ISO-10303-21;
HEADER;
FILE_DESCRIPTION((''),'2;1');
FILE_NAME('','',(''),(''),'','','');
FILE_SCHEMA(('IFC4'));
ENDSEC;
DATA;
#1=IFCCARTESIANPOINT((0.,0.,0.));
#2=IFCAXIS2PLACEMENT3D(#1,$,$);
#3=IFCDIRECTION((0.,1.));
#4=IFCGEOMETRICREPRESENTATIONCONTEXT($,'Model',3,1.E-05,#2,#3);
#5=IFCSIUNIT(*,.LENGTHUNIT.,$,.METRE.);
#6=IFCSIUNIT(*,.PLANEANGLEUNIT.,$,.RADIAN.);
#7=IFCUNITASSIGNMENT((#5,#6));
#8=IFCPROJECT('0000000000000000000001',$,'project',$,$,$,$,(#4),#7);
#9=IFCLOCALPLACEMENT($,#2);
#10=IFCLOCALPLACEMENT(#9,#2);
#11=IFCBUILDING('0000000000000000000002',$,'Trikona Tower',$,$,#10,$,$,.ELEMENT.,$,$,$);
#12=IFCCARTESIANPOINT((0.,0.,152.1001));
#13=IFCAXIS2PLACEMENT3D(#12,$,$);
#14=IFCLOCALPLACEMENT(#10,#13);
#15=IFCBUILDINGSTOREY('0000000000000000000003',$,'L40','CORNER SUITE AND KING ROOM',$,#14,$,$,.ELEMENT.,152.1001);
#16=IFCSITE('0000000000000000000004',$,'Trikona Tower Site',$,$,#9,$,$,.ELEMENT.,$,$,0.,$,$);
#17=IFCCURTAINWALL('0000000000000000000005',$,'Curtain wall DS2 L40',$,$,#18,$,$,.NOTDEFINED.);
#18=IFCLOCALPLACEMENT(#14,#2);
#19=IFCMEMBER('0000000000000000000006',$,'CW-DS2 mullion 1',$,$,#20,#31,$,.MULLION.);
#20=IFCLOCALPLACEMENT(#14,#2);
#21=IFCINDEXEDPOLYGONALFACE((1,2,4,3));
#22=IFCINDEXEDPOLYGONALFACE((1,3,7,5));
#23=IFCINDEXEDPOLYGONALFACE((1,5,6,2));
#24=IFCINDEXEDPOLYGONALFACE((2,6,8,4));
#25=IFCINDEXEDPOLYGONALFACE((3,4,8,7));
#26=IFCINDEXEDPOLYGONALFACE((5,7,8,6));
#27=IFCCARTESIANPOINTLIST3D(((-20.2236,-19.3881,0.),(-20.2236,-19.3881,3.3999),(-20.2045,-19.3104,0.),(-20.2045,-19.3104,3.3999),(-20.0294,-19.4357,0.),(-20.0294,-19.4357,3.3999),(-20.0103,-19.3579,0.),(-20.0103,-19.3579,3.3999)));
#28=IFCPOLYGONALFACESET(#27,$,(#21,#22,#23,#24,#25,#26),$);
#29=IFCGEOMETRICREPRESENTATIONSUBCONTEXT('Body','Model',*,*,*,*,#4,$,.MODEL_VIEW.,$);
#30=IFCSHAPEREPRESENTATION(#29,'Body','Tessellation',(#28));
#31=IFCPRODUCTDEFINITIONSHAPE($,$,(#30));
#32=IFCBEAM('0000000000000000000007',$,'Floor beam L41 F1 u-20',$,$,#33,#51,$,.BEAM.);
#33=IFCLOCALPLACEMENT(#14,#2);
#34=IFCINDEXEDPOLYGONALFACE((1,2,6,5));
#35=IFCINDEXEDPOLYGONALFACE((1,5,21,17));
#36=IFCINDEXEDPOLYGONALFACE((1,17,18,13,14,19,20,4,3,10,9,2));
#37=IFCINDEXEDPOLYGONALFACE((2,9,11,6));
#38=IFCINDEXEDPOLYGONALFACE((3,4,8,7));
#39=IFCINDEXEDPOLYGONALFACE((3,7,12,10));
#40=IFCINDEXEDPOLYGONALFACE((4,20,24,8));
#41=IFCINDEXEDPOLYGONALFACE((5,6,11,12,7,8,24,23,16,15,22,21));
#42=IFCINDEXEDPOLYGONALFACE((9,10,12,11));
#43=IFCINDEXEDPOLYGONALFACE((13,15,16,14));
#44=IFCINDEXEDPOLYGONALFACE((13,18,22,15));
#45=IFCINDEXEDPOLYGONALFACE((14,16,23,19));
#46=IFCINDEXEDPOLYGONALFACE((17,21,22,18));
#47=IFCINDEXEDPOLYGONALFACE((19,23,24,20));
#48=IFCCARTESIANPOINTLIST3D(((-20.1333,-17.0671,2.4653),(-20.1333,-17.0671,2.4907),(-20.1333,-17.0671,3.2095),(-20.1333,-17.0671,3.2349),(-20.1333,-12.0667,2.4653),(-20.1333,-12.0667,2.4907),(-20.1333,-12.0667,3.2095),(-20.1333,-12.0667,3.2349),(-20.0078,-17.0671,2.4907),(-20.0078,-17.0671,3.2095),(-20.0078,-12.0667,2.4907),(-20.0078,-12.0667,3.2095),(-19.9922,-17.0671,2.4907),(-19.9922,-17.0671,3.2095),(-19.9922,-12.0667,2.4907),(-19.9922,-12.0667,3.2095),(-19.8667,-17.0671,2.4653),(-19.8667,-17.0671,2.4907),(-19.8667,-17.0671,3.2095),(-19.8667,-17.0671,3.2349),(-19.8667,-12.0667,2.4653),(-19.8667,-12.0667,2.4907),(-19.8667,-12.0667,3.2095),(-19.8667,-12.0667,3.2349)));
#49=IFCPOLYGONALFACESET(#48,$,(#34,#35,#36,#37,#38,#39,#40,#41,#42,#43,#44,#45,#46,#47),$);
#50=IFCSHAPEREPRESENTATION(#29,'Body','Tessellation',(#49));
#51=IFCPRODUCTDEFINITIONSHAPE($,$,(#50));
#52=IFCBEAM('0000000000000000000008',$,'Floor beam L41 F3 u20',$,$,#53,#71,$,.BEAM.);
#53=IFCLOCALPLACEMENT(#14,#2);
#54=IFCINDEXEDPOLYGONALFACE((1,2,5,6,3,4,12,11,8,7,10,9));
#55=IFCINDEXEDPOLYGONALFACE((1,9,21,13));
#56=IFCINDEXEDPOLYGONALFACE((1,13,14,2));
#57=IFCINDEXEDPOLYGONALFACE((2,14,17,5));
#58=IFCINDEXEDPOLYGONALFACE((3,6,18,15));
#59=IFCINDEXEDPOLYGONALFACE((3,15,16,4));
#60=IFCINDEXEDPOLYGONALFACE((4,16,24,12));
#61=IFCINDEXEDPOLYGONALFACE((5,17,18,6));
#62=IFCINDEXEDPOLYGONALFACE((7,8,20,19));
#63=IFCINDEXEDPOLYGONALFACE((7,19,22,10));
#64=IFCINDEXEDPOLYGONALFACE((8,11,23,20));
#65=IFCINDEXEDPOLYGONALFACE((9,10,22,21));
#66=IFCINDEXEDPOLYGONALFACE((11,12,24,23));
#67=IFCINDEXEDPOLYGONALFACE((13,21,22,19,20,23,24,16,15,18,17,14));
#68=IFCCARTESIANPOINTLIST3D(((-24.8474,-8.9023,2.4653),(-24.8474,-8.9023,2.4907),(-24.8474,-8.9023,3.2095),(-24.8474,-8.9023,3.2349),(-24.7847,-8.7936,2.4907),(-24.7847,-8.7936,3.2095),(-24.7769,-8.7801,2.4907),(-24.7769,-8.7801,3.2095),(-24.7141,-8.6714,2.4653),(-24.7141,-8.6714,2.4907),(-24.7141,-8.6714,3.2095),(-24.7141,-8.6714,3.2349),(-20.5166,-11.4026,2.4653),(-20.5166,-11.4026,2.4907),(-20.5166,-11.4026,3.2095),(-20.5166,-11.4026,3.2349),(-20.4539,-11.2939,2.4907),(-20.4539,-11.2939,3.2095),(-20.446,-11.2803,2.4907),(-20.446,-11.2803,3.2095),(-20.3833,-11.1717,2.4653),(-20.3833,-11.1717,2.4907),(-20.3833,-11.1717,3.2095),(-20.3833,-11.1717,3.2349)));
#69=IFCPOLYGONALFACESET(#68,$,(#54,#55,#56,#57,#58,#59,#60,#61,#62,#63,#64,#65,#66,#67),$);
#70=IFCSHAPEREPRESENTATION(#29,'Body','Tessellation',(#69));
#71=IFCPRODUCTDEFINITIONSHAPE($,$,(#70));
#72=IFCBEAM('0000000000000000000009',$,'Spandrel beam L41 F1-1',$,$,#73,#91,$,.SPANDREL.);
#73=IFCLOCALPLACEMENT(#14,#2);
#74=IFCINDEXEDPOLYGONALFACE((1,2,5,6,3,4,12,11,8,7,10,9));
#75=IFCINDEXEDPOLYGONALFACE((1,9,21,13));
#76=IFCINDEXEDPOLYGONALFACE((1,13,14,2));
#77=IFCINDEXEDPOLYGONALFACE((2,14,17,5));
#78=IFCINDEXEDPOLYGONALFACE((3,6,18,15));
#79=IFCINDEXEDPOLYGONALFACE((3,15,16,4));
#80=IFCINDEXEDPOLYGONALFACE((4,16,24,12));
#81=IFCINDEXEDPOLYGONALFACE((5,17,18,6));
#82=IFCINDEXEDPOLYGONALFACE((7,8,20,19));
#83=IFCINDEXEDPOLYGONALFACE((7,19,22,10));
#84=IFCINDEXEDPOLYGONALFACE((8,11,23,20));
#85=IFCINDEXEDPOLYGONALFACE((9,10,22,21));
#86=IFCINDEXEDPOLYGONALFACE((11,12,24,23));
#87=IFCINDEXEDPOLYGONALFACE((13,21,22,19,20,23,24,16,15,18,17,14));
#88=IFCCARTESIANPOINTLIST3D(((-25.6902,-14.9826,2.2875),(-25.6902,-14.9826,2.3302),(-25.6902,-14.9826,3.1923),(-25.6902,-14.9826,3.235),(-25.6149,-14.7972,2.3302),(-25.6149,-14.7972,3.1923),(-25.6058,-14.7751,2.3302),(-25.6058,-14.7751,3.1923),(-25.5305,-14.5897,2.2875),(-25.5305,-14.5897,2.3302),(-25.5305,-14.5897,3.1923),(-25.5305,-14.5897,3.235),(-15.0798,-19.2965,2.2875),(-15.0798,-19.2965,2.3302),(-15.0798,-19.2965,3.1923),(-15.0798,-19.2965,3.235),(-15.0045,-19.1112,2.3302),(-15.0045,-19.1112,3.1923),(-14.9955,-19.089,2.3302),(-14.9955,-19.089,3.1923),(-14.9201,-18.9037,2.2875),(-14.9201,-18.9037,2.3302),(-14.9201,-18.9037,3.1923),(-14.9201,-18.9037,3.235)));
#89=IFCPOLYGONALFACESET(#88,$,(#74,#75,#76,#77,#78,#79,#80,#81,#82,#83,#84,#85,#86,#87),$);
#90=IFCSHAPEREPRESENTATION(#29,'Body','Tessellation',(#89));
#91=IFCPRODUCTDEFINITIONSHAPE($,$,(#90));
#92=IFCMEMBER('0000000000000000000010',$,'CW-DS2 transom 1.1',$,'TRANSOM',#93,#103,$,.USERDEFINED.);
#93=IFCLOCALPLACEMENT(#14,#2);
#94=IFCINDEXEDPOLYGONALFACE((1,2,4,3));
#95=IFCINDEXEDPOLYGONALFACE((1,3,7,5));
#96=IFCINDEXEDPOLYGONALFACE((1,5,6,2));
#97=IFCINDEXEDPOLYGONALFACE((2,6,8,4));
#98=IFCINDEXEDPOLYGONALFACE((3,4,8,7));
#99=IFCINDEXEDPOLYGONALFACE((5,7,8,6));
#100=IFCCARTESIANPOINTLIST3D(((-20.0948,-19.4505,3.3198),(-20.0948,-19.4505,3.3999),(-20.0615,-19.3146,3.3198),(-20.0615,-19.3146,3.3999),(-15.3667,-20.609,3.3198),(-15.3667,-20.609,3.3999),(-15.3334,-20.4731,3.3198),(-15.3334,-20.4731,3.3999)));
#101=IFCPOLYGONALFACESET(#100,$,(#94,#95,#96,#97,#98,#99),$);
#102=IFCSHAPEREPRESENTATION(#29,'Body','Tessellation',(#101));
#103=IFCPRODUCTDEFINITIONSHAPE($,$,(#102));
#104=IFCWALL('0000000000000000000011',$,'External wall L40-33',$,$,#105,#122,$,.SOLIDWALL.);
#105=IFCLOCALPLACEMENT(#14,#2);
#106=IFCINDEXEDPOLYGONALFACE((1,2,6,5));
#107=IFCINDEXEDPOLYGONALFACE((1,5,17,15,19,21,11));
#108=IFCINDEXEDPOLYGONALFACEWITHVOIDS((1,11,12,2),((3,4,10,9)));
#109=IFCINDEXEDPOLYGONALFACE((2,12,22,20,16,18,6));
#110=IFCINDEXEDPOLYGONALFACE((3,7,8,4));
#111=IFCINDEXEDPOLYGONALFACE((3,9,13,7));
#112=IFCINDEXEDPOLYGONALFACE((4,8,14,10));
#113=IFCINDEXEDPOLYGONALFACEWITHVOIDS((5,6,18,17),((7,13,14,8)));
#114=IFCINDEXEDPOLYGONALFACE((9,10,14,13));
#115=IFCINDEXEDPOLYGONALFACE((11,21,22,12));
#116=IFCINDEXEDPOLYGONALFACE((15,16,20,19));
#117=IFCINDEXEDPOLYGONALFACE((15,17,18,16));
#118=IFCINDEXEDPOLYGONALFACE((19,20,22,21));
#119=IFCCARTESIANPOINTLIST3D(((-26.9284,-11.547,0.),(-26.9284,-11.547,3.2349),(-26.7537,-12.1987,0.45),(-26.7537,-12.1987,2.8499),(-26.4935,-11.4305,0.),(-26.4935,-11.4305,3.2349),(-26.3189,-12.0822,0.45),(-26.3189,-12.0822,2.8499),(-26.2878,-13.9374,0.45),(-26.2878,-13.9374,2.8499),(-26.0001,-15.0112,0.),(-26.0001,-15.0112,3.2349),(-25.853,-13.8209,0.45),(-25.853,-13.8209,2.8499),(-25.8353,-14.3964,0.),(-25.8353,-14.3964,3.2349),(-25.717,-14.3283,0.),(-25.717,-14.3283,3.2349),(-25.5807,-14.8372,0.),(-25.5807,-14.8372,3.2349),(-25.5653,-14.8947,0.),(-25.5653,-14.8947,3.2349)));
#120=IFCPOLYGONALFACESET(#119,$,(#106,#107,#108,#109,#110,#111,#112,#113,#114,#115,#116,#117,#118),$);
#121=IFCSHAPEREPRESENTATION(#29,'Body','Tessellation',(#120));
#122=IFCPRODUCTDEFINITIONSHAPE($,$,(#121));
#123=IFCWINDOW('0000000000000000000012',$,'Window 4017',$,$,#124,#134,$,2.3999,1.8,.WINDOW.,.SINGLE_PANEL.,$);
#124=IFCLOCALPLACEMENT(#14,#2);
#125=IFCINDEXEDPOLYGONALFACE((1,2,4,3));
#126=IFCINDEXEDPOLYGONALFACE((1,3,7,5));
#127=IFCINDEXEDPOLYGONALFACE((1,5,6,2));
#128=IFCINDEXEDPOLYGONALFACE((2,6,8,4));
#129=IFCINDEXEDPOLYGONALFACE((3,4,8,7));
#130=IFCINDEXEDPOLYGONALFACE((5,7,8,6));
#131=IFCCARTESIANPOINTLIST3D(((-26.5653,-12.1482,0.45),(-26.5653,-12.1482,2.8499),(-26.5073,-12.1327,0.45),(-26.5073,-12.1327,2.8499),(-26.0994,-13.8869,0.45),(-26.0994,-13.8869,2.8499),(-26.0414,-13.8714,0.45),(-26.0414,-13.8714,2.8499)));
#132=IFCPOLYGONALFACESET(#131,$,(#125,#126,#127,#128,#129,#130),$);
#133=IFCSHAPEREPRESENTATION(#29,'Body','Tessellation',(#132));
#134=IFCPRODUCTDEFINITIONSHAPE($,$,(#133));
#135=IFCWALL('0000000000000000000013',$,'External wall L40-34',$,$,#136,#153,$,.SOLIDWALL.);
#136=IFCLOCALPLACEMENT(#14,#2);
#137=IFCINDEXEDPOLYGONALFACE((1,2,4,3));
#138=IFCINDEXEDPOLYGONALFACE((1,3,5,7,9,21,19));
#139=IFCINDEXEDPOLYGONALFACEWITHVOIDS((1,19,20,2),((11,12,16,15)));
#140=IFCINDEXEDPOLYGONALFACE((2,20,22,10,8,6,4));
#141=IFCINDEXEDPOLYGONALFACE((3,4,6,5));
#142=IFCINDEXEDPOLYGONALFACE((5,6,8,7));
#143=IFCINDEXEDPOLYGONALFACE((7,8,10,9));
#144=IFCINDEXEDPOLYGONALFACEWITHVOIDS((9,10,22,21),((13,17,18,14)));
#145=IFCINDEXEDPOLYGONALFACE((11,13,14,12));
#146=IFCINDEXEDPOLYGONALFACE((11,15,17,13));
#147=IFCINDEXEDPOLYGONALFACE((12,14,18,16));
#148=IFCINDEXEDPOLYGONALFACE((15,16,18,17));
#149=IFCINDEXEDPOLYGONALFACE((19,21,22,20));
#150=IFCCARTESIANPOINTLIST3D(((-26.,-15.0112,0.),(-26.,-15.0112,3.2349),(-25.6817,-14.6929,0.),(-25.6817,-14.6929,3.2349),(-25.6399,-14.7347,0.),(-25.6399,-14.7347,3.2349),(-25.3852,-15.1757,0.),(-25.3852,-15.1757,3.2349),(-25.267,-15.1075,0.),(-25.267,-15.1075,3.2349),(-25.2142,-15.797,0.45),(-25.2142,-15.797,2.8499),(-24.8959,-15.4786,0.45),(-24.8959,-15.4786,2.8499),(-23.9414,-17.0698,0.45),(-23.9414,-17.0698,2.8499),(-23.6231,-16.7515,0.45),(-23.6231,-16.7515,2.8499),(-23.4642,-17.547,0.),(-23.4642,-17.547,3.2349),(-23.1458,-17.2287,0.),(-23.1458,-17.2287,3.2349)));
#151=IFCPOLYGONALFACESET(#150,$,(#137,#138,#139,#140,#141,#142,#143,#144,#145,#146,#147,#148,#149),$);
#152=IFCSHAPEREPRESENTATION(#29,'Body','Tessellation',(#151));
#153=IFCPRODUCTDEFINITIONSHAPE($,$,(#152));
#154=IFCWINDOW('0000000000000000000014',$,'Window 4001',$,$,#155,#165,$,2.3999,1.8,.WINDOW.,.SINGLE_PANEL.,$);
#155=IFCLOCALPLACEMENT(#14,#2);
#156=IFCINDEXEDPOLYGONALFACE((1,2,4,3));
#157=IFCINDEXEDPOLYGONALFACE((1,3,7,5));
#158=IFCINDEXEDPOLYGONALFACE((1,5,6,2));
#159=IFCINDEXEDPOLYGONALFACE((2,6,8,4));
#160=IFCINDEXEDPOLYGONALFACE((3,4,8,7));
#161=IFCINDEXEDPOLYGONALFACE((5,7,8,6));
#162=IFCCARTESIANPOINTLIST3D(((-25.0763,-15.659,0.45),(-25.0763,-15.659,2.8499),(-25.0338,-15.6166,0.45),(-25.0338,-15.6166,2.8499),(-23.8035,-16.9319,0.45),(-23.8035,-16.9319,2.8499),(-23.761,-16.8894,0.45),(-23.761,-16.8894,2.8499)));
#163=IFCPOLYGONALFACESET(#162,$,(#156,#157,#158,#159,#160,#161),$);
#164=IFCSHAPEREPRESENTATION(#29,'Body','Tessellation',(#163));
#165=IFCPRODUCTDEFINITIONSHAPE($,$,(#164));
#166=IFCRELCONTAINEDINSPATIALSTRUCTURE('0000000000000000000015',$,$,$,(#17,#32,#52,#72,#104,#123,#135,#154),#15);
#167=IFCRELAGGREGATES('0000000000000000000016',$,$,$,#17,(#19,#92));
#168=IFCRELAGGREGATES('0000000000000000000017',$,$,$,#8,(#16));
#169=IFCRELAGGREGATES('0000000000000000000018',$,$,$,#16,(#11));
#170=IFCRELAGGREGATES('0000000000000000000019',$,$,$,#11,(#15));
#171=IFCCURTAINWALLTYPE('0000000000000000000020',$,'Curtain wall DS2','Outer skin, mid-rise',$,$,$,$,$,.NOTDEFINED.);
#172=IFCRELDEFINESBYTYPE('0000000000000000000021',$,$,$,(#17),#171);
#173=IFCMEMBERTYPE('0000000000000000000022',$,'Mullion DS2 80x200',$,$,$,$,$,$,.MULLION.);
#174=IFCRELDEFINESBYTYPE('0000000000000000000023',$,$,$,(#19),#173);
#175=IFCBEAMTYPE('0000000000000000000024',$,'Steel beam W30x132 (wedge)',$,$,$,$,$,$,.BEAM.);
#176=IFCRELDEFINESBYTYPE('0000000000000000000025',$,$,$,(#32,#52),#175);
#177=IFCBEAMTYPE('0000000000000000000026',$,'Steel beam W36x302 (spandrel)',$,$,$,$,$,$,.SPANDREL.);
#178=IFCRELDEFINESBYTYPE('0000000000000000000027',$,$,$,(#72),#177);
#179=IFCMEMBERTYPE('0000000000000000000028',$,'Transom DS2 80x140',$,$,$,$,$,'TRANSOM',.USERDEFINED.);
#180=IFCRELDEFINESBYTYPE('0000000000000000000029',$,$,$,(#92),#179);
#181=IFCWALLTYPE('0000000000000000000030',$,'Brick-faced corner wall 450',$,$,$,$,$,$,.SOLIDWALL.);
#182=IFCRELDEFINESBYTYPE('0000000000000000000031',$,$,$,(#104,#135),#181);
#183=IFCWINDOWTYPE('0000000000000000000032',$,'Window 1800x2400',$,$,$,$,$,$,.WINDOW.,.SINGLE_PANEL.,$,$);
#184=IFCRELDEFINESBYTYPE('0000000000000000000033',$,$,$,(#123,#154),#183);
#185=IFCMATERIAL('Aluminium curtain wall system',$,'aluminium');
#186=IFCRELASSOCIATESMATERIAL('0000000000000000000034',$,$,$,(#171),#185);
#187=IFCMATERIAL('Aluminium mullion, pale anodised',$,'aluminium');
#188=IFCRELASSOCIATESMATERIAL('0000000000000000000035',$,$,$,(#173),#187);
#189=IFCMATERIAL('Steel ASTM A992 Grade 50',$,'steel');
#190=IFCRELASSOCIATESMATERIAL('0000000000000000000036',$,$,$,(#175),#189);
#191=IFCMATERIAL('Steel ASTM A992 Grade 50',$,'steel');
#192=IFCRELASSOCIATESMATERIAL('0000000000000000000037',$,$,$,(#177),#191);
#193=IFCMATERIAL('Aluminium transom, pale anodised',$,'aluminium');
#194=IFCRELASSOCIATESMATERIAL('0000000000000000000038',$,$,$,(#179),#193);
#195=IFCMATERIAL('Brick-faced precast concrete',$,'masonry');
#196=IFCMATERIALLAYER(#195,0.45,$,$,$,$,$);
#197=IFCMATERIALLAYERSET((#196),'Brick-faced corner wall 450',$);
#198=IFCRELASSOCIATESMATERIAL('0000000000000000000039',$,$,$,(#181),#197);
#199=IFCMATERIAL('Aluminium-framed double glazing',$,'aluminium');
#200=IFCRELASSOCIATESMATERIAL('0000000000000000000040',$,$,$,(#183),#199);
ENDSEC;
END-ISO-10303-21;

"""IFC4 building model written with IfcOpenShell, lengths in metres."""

from ifc_helpers import new_model, si_unit, direction, frame, frame_2d, origin, origin_2d, place, context, subcontext, project, spatial, polyline, rectangle, i_section, outline, extrude, material, layer, layer_set, material_profile, profile_set, type_object, element, fill, aggregate, save


model = new_model("IFC4")

# Units and contexts
model_context = context("Model", 3, precision=1e-05, world=origin(), true_north=direction((0.0, 1.0)))
body_context = subcontext(model_context, "Body", "Model", "MODEL_VIEW")
ifc_project = project(units=[si_unit("LENGTHUNIT", "METRE"), si_unit("PLANEANGLEUNIT", "RADIAN")], contexts=[model_context])

# Site, building, storey
site_placement = place(None, origin())
site = spatial("IfcSite", under=ifc_project, at=site_placement, Name="Trikona Tower Site", CompositionType="ELEMENT", RefElevation=0.0)
building_placement = place(site_placement, origin())
building = spatial("IfcBuilding", under=site, at=building_placement, Name="Trikona Tower", CompositionType="ELEMENT")
storey_placement = place(building_placement, frame((0.0, 0.0, 152.1001)))
storey = spatial("IfcBuildingStorey", under=building, at=storey_placement, Name="L40", Description="CORNER SUITE AND KING ROOM", CompositionType="ELEMENT", Elevation=152.1001)

# Curtain wall, member
ifc_material_1 = material(Name="Aluminium curtain wall system", Category="aluminium")
curtain_wall_type = type_object("IfcCurtainWallType", Name="Curtain wall DS2", Description="Outer skin, mid-rise", PredefinedType="NOTDEFINED", material=ifc_material_1)
curtain_wall_placement = place(storey_placement, origin())
curtain_wall = element("IfcCurtainWall", 1, at=curtain_wall_placement, inside=storey, type_object=curtain_wall_type, Name="Curtain wall DS2 L40", PredefinedType="NOTDEFINED")
ifc_material_2 = material(Name="Aluminium mullion, pale anodised", Category="aluminium")
ifc_material_profile_1 = material_profile(ifc_material_2, rectangle(XDim=0.0801, YDim=0.2, at=origin_2d()), Name="MUL-DS2")
ifc_profile_set_1 = profile_set([ifc_material_profile_1], Name="Aluminium mullion, pale anodised")
member_type_1 = type_object("IfcMemberType", Name="Mullion DS2 80x200", PredefinedType="MULLION", material=ifc_profile_set_1)
member_1_placement = place(storey_placement, frame((-20.1169, -19.373, 0.0), z_axis=(0.0, 0.0, 1.0), x_axis=(0.23797, 0.971272, 0.0)))
member_1 = element("IfcMember", 2, at=member_1_placement, type_object=member_type_1, Name="CW-DS2 mullion 1", PredefinedType="MULLION", context=body_context, shape_type="SweptSolid", body=[
    extrude(rectangle(XDim=0.0801, YDim=0.2, at=origin_2d()), origin(), (0.0, 0.0, 1.0), 3.3999),
])

# Beams
ifc_material_3 = material(Name="Steel ASTM A992 Grade 50", Category="steel")
ifc_material_profile_2 = material_profile(ifc_material_3, i_section(OverallWidth=0.2666, OverallDepth=0.7695, WebThickness=0.0156, FlangeThickness=0.0254, at=origin_2d()), Name="W30X132")
ifc_profile_set_2 = profile_set([ifc_material_profile_2], Name="Steel ASTM A992 Grade 50")
beam_type_1 = type_object("IfcBeamType", Name="Steel beam W30x132 (wedge)", PredefinedType="BEAM", material=ifc_profile_set_2)
beam_1_placement = place(storey_placement, frame((-20.0, -12.0667, 2.8501), z_axis=(0.0, -1.0, 0.0), x_axis=(1.0, 0.0, 0.0)))
element("IfcBeam", 3, at=beam_1_placement, inside=storey, type_object=beam_type_1, Name="Floor beam L41 F1 u-20", PredefinedType="BEAM", context=body_context, shape_type="SweptSolid", body=[
    extrude(i_section(OverallWidth=0.2666, OverallDepth=0.7695, WebThickness=0.0156, FlangeThickness=0.0254, at=origin_2d()), origin(), (0.0, 0.0, 1.0), 5.0005),
])
beam_2_placement = place(storey_placement, frame((-20.45, -11.2871, 2.8501), z_axis=(-0.866038, 0.499977, 0.0), x_axis=(-0.499977, -0.866038, 0.0)))
element("IfcBeam", 4, at=beam_2_placement, inside=storey, type_object=beam_type_1, Name="Floor beam L41 F3 u20", PredefinedType="BEAM", context=body_context, shape_type="SweptSolid", body=[
    extrude(i_section(OverallWidth=0.2666, OverallDepth=0.7695, WebThickness=0.0156, FlangeThickness=0.0254, at=origin_2d()), origin(), (0.0, 0.0, 1.0), 5.0007),
])
ifc_material_4 = material(Name="Steel ASTM A992 Grade 50", Category="steel")
ifc_material_profile_3 = material_profile(ifc_material_4, i_section(OverallWidth=0.4241, OverallDepth=0.9475, WebThickness=0.0239, FlangeThickness=0.0427, at=origin_2d()), Name="W36X302")
ifc_profile_set_3 = profile_set([ifc_material_profile_3], Name="Steel ASTM A992 Grade 50")
beam_type_2 = type_object("IfcBeamType", Name="Steel beam W36x302 (spandrel)", PredefinedType="SPANDREL", material=ifc_profile_set_3)
beam_3_placement = place(storey_placement, frame((-25.6104, -14.7861, 2.7612), z_axis=(0.92636, -0.37664, 0.0), x_axis=(0.37664, 0.92636, 0.0)))
element("IfcBeam", 5, at=beam_3_placement, inside=storey, type_object=beam_type_2, Name="Spandrel beam L41 F1-1", PredefinedType="SPANDREL", context=body_context, shape_type="SweptSolid", body=[
    extrude(i_section(OverallWidth=0.4241, OverallDepth=0.9475, WebThickness=0.0239, FlangeThickness=0.0427, at=origin_2d()), origin(), (0.0, 0.0, 1.0), 11.4539),
])

# Member
ifc_material_5 = material(Name="Aluminium transom, pale anodised", Category="aluminium")
ifc_material_profile_4 = material_profile(ifc_material_5, rectangle(XDim=0.1399, YDim=0.0801, at=origin_2d()), Name="TRN-DS2")
ifc_profile_set_4 = profile_set([ifc_material_profile_4], Name="Aluminium transom, pale anodised")
member_type_2 = type_object("IfcMemberType", Name="Transom DS2 80x140", ElementType="TRANSOM", PredefinedType="USERDEFINED", material=ifc_profile_set_4)
member_2_placement = place(storey_placement, frame((-20.0781, -19.3826, 3.3599), z_axis=(0.971271, -0.237978, 0.0), x_axis=(0.237978, 0.971271, 0.0)))
member_2 = element("IfcMember", 6, at=member_2_placement, type_object=member_type_2, Name="CW-DS2 transom 1.1", ObjectType="TRANSOM", PredefinedType="USERDEFINED", context=body_context, shape_type="SweptSolid", body=[
    extrude(rectangle(XDim=0.1399, YDim=0.0801, at=origin_2d()), origin(), (0.0, 0.0, 1.0), 4.8679),
])
aggregate(curtain_wall, [member_1, member_2])

# Walls, openings, windows
ifc_material_6 = material(Name="Brick-faced precast concrete", Category="masonry")
ifc_layer_1 = layer(ifc_material_6, 0.45)
ifc_layer_set_1 = layer_set([ifc_layer_1], Name="Brick-faced corner wall 450")
wall_type_1 = type_object("IfcWallType", Name="Brick-faced corner wall 450", PredefinedType="SOLIDWALL", material=ifc_layer_set_1)
wall_1_placement = place(storey_placement, frame((-26.7109, -11.4888, 0.0), z_axis=(0.0, 0.0, 1.0), x_axis=(0.258823, -0.965925, 0.0)))
wall_1 = element("IfcWall", 7, at=wall_1_placement, inside=storey, type_object=wall_type_1, Name="External wall L40-33", PredefinedType="SOLIDWALL", context=body_context, shape_type="SweptSolid", body=[
    extrude(outline(polyline([(3.5864, 0.2251), (3.5269, 0.2251), (3.0352, 0.0933), (3.0, 0.2251), (0.0, 0.2251), (0.0, -0.2251), (3.5864, -0.2251), (3.5864, 0.2251)])), origin(), (0.0, 0.0, 1.0), 3.2349),
])
opening_1_placement = place(wall_1_placement, frame((0.6748, 0.0, 0.45)))
opening_1 = element("IfcOpeningElement", 8, at=opening_1_placement, cuts=wall_1, PredefinedType="OPENING", context=body_context, shape_type="SweptSolid", body=[
    extrude(rectangle(XDim=1.8, YDim=2.3999, at=frame_2d((0.8999, 1.2))), frame((0.0, 0.2349, 0.0), z_axis=(0.0, -1.0, 0.0), x_axis=(1.0, 0.0, 0.0)), (0.0, 0.0, 1.0), 0.47),
])
ifc_material_7 = material(Name="Aluminium-framed double glazing", Category="aluminium")
window_type_1 = type_object("IfcWindowType", Name="Window 1800x2400", PartitioningType="SINGLE_PANEL", PredefinedType="WINDOW", material=ifc_material_7)
window_1_placement = place(opening_1_placement, origin())
window_1 = element("IfcWindow", 9, at=window_1_placement, inside=storey, type_object=window_type_1, Name="Window 4017", OverallHeight=2.3999, OverallWidth=1.8, PartitioningType="SINGLE_PANEL", PredefinedType="WINDOW", context=body_context, shape_type="SweptSolid", body=[
    extrude(rectangle(XDim=1.8, YDim=2.3999, at=frame_2d((0.8999, 1.2))), frame((0.0, 0.03, 0.0), z_axis=(0.0, -1.0, 0.0), x_axis=(1.0, 0.0, 0.0)), (0.0, 0.0, 1.0), 0.0601),
])
fill(opening_1, window_1)
wall_2_placement = place(storey_placement, frame((-25.8408, -14.8521, 0.0), z_axis=(0.0, 0.0, 1.0), x_axis=(0.707107, -0.707107, 0.0)))
wall_2 = element("IfcWall", 10, at=wall_2_placement, inside=storey, type_object=wall_type_1, Name="External wall L40-34", PredefinedType="SOLIDWALL", context=body_context, shape_type="SweptSolid", body=[
    extrude(outline(polyline([(3.5862, 0.2251), (0.5864, 0.2251), (0.551, 0.0933), (0.0591, 0.2251), (0.0, 0.2251), (0.0, -0.2251), (3.5862, -0.2251), (3.5862, 0.2251)])), origin(), (0.0, 0.0, 1.0), 3.2349),
])
opening_2_placement = place(wall_2_placement, frame((1.1113, 0.0, 0.45)))
opening_2 = element("IfcOpeningElement", 11, at=opening_2_placement, cuts=wall_2, PredefinedType="OPENING", context=body_context, shape_type="SweptSolid", body=[
    extrude(rectangle(XDim=1.8, YDim=2.3999, at=frame_2d((0.8999, 1.2))), frame((0.0, 0.2349, 0.0), z_axis=(0.0, -1.0, 0.0), x_axis=(1.0, 0.0, 0.0)), (0.0, 0.0, 1.0), 0.47),
])
window_2_placement = place(opening_2_placement, origin())
window_2 = element("IfcWindow", 12, at=window_2_placement, inside=storey, type_object=window_type_1, Name="Window 4001", OverallHeight=2.3999, OverallWidth=1.8, PartitioningType="SINGLE_PANEL", PredefinedType="WINDOW", context=body_context, shape_type="SweptSolid", body=[
    extrude(rectangle(XDim=1.8, YDim=2.3999, at=frame_2d((0.8999, 1.2))), frame((0.0, 0.03, 0.0), z_axis=(0.0, -1.0, 0.0), x_axis=(1.0, 0.0, 0.0)), (0.0, 0.0, 1.0), 0.0601),
])
fill(opening_2, window_2)

save(model, "model.ifc")
